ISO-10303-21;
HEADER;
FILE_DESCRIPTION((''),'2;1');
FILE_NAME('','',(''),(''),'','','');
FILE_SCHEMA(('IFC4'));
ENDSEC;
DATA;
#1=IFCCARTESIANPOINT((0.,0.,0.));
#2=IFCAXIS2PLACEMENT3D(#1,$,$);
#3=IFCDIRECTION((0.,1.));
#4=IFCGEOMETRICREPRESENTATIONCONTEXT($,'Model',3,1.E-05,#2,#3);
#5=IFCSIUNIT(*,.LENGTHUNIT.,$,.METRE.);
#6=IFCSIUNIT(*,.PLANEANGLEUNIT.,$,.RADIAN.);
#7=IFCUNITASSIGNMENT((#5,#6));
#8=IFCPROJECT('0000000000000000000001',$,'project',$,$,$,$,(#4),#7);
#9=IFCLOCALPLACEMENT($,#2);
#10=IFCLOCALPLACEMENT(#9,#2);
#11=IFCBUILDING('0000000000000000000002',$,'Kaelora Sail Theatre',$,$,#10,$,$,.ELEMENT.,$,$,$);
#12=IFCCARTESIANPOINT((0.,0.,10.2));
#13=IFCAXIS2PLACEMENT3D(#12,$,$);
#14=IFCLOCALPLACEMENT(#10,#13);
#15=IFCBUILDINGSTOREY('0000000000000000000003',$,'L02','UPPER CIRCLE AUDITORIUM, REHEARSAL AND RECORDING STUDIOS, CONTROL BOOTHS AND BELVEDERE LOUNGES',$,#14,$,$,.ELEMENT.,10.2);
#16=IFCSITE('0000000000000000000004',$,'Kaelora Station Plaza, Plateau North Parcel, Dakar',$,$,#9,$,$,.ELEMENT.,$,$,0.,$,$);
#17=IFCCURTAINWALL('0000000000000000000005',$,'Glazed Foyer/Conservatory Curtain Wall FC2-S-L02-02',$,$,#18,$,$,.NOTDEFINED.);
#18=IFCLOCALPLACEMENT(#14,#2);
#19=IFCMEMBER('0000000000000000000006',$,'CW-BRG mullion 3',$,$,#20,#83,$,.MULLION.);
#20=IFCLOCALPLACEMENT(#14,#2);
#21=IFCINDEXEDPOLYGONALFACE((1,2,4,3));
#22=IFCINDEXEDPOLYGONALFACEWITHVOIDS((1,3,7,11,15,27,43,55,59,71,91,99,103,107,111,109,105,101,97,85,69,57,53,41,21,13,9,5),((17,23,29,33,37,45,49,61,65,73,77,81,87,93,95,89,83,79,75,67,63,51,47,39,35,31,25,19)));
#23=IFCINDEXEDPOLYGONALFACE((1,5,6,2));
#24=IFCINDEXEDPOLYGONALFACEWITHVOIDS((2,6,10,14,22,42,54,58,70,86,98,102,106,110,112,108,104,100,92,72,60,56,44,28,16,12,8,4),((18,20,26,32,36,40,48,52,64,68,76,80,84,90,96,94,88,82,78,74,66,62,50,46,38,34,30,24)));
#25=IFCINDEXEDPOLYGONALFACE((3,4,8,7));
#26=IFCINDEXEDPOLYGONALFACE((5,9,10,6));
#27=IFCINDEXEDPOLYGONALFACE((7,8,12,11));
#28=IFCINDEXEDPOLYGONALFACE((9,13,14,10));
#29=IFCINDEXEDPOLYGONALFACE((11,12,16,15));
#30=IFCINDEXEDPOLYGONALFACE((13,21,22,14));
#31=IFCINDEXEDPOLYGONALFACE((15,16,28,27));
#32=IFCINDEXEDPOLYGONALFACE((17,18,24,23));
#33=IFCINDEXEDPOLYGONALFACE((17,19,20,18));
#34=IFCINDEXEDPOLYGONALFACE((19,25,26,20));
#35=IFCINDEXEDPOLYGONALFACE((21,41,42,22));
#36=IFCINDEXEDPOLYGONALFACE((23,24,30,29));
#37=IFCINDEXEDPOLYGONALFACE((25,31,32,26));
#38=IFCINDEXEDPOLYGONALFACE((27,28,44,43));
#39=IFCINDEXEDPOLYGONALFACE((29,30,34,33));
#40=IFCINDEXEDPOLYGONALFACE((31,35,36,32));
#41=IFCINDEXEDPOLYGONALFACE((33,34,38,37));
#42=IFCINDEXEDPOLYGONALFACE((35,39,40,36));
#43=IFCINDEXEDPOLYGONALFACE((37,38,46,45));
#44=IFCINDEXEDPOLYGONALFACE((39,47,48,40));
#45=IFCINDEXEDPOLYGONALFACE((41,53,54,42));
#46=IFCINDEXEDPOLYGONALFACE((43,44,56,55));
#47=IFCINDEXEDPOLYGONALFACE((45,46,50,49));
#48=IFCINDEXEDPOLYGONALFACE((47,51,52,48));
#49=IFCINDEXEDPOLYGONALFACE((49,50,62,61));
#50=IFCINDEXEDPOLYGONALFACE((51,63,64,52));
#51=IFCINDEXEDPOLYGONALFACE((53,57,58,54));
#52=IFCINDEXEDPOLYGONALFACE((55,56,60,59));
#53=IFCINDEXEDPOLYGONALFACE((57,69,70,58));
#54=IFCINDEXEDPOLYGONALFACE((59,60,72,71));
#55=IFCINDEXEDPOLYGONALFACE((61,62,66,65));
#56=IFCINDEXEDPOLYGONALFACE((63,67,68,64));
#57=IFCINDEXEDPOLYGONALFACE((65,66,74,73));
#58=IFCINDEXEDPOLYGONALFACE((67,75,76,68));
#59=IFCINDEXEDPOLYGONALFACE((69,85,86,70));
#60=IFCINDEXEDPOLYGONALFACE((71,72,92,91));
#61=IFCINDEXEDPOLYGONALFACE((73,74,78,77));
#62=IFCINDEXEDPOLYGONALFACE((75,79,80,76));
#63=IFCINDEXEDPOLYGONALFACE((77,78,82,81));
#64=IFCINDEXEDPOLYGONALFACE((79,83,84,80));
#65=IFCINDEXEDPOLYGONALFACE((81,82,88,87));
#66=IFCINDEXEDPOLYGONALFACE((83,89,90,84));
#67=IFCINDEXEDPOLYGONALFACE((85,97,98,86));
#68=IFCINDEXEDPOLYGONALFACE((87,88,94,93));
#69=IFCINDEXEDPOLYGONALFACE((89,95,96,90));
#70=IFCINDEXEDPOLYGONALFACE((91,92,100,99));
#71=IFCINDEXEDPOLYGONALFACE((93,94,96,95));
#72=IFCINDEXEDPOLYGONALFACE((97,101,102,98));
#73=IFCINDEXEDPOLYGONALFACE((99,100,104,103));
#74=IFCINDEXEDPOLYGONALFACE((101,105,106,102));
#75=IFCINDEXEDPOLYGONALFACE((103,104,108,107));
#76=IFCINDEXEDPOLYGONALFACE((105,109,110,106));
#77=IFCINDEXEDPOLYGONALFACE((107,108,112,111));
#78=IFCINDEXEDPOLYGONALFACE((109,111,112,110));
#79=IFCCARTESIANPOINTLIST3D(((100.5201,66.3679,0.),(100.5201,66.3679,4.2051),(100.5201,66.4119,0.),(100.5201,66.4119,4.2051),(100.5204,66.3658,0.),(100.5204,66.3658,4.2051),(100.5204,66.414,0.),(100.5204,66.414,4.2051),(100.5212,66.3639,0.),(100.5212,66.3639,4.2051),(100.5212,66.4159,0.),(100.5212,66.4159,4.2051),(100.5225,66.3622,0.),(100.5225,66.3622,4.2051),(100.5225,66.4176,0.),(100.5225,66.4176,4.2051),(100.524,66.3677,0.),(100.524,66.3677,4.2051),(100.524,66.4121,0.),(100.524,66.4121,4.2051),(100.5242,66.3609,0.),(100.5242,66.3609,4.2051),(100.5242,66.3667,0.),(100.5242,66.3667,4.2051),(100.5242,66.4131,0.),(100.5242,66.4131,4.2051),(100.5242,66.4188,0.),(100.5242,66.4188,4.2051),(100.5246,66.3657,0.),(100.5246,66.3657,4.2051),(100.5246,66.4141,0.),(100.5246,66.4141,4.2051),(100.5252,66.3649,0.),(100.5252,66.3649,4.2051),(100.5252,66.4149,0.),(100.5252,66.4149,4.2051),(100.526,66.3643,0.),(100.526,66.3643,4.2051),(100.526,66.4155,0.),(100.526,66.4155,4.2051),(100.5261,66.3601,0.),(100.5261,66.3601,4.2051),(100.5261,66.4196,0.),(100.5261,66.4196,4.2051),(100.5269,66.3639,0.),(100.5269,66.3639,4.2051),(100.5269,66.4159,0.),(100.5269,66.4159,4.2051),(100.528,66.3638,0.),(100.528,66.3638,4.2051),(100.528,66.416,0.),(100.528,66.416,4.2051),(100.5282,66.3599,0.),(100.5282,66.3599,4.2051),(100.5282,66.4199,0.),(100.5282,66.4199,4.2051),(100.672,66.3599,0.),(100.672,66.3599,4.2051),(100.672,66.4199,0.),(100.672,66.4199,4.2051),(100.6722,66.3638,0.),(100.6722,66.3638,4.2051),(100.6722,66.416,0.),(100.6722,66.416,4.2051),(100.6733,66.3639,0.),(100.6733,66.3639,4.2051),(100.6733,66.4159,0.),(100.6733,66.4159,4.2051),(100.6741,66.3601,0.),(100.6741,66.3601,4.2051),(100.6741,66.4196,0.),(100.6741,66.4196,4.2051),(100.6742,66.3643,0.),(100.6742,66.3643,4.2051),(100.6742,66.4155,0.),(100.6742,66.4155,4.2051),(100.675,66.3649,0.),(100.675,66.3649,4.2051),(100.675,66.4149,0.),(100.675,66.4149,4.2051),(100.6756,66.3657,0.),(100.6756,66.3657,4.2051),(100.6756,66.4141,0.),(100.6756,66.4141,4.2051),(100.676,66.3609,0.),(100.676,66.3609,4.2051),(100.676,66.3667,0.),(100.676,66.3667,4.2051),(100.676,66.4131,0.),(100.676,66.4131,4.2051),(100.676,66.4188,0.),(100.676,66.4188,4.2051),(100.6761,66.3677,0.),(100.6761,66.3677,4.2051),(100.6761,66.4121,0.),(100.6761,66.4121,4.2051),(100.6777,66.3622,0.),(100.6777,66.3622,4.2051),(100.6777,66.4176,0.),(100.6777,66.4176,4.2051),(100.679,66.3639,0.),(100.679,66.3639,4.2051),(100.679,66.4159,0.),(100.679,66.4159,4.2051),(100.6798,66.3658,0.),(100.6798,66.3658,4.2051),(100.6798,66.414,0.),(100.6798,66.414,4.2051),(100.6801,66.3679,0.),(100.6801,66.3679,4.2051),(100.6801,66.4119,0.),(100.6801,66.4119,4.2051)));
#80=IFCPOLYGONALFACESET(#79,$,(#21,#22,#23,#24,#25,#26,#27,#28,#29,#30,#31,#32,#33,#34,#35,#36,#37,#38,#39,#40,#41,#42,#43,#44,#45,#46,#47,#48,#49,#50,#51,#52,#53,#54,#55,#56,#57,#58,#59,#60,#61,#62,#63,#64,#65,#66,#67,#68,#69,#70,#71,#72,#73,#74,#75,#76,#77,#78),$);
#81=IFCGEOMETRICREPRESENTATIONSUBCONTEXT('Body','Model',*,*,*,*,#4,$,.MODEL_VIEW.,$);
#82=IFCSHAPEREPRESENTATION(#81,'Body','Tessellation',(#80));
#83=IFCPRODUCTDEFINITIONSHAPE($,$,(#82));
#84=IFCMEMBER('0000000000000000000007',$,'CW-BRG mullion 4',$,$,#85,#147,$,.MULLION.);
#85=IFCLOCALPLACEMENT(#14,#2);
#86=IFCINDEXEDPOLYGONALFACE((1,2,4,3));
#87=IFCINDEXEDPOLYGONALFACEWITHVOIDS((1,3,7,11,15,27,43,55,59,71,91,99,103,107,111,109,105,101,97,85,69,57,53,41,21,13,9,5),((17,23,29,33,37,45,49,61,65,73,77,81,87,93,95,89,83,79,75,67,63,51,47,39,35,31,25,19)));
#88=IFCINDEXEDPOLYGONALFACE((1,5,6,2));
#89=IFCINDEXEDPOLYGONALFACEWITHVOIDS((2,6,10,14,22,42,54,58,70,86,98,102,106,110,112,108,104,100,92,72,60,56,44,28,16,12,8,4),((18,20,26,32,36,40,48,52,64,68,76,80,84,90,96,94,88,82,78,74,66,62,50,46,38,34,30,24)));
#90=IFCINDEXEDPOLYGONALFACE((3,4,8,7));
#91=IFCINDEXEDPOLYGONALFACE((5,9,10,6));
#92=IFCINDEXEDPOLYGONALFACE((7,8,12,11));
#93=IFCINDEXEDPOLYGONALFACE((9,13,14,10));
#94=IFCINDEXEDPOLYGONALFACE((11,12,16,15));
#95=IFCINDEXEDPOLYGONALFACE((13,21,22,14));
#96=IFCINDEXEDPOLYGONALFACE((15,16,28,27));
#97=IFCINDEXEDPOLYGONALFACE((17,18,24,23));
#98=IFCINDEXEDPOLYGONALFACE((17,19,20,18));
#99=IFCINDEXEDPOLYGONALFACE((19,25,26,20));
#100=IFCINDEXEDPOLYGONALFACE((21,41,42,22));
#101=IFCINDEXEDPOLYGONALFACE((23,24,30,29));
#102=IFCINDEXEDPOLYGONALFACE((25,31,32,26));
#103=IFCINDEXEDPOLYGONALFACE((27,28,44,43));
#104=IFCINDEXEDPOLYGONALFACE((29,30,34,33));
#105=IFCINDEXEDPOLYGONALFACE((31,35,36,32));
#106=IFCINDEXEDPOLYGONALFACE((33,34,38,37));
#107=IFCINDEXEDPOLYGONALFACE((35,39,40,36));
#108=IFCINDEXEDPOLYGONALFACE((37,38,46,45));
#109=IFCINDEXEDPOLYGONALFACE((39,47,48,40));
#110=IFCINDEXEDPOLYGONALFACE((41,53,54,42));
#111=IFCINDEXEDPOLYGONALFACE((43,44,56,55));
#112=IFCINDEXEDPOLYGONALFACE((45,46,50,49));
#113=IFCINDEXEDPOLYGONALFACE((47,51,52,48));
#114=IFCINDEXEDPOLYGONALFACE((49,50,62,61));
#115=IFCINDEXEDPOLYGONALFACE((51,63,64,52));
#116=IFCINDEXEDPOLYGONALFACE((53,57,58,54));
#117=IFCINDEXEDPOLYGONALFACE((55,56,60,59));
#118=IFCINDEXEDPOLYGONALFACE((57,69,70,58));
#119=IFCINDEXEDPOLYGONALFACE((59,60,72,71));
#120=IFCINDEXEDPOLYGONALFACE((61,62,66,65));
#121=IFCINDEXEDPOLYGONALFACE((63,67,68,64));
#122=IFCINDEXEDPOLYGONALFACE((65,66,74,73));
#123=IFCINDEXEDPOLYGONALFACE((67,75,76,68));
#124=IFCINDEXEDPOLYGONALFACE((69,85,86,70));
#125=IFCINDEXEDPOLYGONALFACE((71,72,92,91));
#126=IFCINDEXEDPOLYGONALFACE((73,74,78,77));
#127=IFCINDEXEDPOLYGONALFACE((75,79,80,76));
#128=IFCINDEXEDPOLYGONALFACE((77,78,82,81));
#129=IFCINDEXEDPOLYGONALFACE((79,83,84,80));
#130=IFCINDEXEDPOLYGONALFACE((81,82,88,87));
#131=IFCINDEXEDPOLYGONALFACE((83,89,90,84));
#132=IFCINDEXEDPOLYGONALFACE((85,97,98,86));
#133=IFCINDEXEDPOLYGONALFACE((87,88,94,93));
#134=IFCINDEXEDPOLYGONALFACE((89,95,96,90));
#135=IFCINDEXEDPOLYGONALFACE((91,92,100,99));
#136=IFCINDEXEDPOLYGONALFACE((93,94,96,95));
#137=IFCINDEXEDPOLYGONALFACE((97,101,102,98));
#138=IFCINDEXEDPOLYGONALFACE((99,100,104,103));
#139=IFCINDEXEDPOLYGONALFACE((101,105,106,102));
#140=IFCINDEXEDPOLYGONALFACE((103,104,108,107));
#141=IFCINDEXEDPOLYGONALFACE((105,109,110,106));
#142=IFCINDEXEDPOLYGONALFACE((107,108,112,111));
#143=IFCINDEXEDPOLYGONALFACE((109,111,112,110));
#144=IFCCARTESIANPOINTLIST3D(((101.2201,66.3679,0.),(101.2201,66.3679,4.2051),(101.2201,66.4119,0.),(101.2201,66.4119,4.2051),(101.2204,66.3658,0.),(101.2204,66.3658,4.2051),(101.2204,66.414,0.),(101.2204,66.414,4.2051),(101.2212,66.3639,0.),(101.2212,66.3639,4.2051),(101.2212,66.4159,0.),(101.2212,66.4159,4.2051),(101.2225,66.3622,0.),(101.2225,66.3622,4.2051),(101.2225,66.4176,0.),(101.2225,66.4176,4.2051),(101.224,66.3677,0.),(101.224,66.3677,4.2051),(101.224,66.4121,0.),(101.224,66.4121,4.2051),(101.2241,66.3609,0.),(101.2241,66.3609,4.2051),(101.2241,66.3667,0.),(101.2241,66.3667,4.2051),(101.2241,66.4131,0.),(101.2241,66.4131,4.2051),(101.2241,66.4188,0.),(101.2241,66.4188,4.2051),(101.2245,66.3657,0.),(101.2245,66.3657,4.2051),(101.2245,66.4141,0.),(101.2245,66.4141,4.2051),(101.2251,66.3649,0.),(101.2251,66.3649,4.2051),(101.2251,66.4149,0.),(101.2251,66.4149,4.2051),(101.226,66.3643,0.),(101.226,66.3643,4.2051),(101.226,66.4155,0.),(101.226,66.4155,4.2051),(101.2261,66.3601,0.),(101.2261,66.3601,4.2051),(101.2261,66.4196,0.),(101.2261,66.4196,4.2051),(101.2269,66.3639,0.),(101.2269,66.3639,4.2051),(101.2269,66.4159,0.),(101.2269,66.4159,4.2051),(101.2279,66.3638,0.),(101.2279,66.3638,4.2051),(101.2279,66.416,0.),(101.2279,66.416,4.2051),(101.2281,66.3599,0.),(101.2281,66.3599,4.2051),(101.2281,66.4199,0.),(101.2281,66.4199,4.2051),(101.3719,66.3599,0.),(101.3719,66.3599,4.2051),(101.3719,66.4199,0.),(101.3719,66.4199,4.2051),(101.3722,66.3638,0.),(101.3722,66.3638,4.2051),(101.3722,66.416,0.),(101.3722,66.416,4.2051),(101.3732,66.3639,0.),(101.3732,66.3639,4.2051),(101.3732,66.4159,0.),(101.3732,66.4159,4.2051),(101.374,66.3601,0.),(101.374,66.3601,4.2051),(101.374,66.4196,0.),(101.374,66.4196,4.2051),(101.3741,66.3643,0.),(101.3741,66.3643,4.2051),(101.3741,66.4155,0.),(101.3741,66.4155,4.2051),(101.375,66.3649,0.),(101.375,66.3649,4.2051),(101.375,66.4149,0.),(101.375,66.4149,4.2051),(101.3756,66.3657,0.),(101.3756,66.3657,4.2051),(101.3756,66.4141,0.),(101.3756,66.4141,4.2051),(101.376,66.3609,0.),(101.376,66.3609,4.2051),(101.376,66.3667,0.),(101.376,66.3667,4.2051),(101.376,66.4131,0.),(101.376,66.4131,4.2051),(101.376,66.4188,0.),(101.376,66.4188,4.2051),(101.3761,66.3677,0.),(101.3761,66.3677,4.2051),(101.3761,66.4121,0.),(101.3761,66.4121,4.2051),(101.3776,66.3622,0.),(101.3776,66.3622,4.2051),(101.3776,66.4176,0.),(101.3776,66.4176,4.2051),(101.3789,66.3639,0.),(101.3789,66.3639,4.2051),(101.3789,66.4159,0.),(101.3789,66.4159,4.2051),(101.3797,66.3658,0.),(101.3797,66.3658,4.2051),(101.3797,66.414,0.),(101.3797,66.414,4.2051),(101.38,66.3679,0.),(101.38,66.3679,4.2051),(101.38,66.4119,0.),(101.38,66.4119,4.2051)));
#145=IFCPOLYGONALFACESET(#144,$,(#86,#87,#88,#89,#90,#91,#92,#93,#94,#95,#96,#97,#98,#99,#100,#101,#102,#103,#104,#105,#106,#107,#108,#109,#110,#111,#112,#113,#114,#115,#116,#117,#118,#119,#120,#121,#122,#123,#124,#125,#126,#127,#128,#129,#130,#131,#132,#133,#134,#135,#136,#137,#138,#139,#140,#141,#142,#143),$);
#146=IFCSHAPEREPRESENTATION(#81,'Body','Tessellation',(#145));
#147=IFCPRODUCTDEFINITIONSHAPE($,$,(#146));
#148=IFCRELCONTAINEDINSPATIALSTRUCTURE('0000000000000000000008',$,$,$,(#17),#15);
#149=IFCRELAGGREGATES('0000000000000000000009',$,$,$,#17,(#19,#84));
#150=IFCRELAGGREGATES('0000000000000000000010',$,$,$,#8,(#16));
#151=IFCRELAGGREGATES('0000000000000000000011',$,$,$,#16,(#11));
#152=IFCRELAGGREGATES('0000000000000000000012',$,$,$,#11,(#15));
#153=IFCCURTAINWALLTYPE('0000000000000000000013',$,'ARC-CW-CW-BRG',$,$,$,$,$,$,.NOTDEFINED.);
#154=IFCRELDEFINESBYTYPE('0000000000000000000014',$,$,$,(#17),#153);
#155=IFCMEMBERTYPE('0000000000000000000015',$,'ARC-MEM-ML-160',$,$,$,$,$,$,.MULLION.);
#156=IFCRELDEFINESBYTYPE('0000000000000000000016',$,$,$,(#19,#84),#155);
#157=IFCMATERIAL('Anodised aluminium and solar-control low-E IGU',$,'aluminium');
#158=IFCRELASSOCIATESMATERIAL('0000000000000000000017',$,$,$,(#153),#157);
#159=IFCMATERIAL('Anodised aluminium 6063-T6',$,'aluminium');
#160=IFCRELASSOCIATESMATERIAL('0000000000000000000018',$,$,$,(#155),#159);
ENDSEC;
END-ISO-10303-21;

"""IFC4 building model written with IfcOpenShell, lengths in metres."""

from ifc_helpers import new_model, si_unit, direction, frame, origin, origin_2d, place, context, subcontext, project, spatial, hollow_rectangle, extrude, material, material_profile, profile_set, type_object, element, aggregate, save


model = new_model("IFC4")

# Units and contexts
model_context = context("Model", 3, precision=1e-05, world=origin(), true_north=direction((0.0, 1.0)))
body_context = subcontext(model_context, "Body", "Model", "MODEL_VIEW")
ifc_project = project(units=[si_unit("LENGTHUNIT", "METRE"), si_unit("PLANEANGLEUNIT", "RADIAN")], contexts=[model_context])

# Site, building, storey
site_placement = place(None, origin())
site = spatial("IfcSite", under=ifc_project, at=site_placement, Name="Kaelora Station Plaza, Plateau North Parcel, Dakar", CompositionType="ELEMENT", RefElevation=0.0)
building_placement = place(site_placement, origin())
building = spatial("IfcBuilding", under=site, at=building_placement, Name="Kaelora Sail Theatre", CompositionType="ELEMENT")
storey_placement = place(building_placement, frame((0.0, 0.0, 10.2)))
storey = spatial("IfcBuildingStorey", under=building, at=storey_placement, Name="L02", Description="UPPER CIRCLE AUDITORIUM, REHEARSAL AND RECORDING STUDIOS, CONTROL BOOTHS AND BELVEDERE LOUNGES", CompositionType="ELEMENT", Elevation=10.2)

# Curtain wall, members
ifc_material_1 = material(Name="Anodised aluminium and solar-control low-E IGU", Category="aluminium")
curtain_wall_type = type_object("IfcCurtainWallType", Name="ARC-CW-CW-BRG", PredefinedType="NOTDEFINED", material=ifc_material_1)
curtain_wall_placement = place(storey_placement, origin())
curtain_wall = element("IfcCurtainWall", 1, at=curtain_wall_placement, inside=storey, type_object=curtain_wall_type, Name="Glazed Foyer/Conservatory Curtain Wall FC2-S-L02-02", PredefinedType="NOTDEFINED")
ifc_material_2 = material(Name="Anodised aluminium 6063-T6", Category="aluminium")
ifc_material_profile_1 = material_profile(ifc_material_2, hollow_rectangle(XDim=0.0601, YDim=0.1599, WallThickness=0.0039, InnerFilletRadius=0.0039, OuterFilletRadius=0.0081, at=origin_2d()), Name="ALU-MULL 60x160x4")
ifc_profile_set_1 = profile_set([ifc_material_profile_1], Name="Anodised aluminium 6063-T6")
member_type_1 = type_object("IfcMemberType", Name="ARC-MEM-ML-160", PredefinedType="MULLION", material=ifc_profile_set_1)
member_1_placement = place(storey_placement, frame((100.6001, 66.3899, 0.0), z_axis=(0.0, 0.0, 1.0), x_axis=(0.0, 1.0, 0.0)))
member_1 = element("IfcMember", 2, at=member_1_placement, type_object=member_type_1, Name="CW-BRG mullion 3", PredefinedType="MULLION", context=body_context, shape_type="SweptSolid", body=[
    extrude(hollow_rectangle(XDim=0.0601, YDim=0.1599, WallThickness=0.0039, InnerFilletRadius=0.0039, OuterFilletRadius=0.0081, at=origin_2d()), origin(), (0.0, 0.0, 1.0), 4.2051),
])
member_2_placement = place(storey_placement, frame((101.3, 66.3899, 0.0), z_axis=(0.0, 0.0, 1.0), x_axis=(0.0, 1.0, 0.0)))
member_2 = element("IfcMember", 3, at=member_2_placement, type_object=member_type_1, Name="CW-BRG mullion 4", PredefinedType="MULLION", context=body_context, shape_type="SweptSolid", body=[
    extrude(hollow_rectangle(XDim=0.0601, YDim=0.1599, WallThickness=0.0039, InnerFilletRadius=0.0039, OuterFilletRadius=0.0081, at=origin_2d()), origin(), (0.0, 0.0, 1.0), 4.2051),
])
aggregate(curtain_wall, [member_1, member_2])

save(model, "model.ifc")
